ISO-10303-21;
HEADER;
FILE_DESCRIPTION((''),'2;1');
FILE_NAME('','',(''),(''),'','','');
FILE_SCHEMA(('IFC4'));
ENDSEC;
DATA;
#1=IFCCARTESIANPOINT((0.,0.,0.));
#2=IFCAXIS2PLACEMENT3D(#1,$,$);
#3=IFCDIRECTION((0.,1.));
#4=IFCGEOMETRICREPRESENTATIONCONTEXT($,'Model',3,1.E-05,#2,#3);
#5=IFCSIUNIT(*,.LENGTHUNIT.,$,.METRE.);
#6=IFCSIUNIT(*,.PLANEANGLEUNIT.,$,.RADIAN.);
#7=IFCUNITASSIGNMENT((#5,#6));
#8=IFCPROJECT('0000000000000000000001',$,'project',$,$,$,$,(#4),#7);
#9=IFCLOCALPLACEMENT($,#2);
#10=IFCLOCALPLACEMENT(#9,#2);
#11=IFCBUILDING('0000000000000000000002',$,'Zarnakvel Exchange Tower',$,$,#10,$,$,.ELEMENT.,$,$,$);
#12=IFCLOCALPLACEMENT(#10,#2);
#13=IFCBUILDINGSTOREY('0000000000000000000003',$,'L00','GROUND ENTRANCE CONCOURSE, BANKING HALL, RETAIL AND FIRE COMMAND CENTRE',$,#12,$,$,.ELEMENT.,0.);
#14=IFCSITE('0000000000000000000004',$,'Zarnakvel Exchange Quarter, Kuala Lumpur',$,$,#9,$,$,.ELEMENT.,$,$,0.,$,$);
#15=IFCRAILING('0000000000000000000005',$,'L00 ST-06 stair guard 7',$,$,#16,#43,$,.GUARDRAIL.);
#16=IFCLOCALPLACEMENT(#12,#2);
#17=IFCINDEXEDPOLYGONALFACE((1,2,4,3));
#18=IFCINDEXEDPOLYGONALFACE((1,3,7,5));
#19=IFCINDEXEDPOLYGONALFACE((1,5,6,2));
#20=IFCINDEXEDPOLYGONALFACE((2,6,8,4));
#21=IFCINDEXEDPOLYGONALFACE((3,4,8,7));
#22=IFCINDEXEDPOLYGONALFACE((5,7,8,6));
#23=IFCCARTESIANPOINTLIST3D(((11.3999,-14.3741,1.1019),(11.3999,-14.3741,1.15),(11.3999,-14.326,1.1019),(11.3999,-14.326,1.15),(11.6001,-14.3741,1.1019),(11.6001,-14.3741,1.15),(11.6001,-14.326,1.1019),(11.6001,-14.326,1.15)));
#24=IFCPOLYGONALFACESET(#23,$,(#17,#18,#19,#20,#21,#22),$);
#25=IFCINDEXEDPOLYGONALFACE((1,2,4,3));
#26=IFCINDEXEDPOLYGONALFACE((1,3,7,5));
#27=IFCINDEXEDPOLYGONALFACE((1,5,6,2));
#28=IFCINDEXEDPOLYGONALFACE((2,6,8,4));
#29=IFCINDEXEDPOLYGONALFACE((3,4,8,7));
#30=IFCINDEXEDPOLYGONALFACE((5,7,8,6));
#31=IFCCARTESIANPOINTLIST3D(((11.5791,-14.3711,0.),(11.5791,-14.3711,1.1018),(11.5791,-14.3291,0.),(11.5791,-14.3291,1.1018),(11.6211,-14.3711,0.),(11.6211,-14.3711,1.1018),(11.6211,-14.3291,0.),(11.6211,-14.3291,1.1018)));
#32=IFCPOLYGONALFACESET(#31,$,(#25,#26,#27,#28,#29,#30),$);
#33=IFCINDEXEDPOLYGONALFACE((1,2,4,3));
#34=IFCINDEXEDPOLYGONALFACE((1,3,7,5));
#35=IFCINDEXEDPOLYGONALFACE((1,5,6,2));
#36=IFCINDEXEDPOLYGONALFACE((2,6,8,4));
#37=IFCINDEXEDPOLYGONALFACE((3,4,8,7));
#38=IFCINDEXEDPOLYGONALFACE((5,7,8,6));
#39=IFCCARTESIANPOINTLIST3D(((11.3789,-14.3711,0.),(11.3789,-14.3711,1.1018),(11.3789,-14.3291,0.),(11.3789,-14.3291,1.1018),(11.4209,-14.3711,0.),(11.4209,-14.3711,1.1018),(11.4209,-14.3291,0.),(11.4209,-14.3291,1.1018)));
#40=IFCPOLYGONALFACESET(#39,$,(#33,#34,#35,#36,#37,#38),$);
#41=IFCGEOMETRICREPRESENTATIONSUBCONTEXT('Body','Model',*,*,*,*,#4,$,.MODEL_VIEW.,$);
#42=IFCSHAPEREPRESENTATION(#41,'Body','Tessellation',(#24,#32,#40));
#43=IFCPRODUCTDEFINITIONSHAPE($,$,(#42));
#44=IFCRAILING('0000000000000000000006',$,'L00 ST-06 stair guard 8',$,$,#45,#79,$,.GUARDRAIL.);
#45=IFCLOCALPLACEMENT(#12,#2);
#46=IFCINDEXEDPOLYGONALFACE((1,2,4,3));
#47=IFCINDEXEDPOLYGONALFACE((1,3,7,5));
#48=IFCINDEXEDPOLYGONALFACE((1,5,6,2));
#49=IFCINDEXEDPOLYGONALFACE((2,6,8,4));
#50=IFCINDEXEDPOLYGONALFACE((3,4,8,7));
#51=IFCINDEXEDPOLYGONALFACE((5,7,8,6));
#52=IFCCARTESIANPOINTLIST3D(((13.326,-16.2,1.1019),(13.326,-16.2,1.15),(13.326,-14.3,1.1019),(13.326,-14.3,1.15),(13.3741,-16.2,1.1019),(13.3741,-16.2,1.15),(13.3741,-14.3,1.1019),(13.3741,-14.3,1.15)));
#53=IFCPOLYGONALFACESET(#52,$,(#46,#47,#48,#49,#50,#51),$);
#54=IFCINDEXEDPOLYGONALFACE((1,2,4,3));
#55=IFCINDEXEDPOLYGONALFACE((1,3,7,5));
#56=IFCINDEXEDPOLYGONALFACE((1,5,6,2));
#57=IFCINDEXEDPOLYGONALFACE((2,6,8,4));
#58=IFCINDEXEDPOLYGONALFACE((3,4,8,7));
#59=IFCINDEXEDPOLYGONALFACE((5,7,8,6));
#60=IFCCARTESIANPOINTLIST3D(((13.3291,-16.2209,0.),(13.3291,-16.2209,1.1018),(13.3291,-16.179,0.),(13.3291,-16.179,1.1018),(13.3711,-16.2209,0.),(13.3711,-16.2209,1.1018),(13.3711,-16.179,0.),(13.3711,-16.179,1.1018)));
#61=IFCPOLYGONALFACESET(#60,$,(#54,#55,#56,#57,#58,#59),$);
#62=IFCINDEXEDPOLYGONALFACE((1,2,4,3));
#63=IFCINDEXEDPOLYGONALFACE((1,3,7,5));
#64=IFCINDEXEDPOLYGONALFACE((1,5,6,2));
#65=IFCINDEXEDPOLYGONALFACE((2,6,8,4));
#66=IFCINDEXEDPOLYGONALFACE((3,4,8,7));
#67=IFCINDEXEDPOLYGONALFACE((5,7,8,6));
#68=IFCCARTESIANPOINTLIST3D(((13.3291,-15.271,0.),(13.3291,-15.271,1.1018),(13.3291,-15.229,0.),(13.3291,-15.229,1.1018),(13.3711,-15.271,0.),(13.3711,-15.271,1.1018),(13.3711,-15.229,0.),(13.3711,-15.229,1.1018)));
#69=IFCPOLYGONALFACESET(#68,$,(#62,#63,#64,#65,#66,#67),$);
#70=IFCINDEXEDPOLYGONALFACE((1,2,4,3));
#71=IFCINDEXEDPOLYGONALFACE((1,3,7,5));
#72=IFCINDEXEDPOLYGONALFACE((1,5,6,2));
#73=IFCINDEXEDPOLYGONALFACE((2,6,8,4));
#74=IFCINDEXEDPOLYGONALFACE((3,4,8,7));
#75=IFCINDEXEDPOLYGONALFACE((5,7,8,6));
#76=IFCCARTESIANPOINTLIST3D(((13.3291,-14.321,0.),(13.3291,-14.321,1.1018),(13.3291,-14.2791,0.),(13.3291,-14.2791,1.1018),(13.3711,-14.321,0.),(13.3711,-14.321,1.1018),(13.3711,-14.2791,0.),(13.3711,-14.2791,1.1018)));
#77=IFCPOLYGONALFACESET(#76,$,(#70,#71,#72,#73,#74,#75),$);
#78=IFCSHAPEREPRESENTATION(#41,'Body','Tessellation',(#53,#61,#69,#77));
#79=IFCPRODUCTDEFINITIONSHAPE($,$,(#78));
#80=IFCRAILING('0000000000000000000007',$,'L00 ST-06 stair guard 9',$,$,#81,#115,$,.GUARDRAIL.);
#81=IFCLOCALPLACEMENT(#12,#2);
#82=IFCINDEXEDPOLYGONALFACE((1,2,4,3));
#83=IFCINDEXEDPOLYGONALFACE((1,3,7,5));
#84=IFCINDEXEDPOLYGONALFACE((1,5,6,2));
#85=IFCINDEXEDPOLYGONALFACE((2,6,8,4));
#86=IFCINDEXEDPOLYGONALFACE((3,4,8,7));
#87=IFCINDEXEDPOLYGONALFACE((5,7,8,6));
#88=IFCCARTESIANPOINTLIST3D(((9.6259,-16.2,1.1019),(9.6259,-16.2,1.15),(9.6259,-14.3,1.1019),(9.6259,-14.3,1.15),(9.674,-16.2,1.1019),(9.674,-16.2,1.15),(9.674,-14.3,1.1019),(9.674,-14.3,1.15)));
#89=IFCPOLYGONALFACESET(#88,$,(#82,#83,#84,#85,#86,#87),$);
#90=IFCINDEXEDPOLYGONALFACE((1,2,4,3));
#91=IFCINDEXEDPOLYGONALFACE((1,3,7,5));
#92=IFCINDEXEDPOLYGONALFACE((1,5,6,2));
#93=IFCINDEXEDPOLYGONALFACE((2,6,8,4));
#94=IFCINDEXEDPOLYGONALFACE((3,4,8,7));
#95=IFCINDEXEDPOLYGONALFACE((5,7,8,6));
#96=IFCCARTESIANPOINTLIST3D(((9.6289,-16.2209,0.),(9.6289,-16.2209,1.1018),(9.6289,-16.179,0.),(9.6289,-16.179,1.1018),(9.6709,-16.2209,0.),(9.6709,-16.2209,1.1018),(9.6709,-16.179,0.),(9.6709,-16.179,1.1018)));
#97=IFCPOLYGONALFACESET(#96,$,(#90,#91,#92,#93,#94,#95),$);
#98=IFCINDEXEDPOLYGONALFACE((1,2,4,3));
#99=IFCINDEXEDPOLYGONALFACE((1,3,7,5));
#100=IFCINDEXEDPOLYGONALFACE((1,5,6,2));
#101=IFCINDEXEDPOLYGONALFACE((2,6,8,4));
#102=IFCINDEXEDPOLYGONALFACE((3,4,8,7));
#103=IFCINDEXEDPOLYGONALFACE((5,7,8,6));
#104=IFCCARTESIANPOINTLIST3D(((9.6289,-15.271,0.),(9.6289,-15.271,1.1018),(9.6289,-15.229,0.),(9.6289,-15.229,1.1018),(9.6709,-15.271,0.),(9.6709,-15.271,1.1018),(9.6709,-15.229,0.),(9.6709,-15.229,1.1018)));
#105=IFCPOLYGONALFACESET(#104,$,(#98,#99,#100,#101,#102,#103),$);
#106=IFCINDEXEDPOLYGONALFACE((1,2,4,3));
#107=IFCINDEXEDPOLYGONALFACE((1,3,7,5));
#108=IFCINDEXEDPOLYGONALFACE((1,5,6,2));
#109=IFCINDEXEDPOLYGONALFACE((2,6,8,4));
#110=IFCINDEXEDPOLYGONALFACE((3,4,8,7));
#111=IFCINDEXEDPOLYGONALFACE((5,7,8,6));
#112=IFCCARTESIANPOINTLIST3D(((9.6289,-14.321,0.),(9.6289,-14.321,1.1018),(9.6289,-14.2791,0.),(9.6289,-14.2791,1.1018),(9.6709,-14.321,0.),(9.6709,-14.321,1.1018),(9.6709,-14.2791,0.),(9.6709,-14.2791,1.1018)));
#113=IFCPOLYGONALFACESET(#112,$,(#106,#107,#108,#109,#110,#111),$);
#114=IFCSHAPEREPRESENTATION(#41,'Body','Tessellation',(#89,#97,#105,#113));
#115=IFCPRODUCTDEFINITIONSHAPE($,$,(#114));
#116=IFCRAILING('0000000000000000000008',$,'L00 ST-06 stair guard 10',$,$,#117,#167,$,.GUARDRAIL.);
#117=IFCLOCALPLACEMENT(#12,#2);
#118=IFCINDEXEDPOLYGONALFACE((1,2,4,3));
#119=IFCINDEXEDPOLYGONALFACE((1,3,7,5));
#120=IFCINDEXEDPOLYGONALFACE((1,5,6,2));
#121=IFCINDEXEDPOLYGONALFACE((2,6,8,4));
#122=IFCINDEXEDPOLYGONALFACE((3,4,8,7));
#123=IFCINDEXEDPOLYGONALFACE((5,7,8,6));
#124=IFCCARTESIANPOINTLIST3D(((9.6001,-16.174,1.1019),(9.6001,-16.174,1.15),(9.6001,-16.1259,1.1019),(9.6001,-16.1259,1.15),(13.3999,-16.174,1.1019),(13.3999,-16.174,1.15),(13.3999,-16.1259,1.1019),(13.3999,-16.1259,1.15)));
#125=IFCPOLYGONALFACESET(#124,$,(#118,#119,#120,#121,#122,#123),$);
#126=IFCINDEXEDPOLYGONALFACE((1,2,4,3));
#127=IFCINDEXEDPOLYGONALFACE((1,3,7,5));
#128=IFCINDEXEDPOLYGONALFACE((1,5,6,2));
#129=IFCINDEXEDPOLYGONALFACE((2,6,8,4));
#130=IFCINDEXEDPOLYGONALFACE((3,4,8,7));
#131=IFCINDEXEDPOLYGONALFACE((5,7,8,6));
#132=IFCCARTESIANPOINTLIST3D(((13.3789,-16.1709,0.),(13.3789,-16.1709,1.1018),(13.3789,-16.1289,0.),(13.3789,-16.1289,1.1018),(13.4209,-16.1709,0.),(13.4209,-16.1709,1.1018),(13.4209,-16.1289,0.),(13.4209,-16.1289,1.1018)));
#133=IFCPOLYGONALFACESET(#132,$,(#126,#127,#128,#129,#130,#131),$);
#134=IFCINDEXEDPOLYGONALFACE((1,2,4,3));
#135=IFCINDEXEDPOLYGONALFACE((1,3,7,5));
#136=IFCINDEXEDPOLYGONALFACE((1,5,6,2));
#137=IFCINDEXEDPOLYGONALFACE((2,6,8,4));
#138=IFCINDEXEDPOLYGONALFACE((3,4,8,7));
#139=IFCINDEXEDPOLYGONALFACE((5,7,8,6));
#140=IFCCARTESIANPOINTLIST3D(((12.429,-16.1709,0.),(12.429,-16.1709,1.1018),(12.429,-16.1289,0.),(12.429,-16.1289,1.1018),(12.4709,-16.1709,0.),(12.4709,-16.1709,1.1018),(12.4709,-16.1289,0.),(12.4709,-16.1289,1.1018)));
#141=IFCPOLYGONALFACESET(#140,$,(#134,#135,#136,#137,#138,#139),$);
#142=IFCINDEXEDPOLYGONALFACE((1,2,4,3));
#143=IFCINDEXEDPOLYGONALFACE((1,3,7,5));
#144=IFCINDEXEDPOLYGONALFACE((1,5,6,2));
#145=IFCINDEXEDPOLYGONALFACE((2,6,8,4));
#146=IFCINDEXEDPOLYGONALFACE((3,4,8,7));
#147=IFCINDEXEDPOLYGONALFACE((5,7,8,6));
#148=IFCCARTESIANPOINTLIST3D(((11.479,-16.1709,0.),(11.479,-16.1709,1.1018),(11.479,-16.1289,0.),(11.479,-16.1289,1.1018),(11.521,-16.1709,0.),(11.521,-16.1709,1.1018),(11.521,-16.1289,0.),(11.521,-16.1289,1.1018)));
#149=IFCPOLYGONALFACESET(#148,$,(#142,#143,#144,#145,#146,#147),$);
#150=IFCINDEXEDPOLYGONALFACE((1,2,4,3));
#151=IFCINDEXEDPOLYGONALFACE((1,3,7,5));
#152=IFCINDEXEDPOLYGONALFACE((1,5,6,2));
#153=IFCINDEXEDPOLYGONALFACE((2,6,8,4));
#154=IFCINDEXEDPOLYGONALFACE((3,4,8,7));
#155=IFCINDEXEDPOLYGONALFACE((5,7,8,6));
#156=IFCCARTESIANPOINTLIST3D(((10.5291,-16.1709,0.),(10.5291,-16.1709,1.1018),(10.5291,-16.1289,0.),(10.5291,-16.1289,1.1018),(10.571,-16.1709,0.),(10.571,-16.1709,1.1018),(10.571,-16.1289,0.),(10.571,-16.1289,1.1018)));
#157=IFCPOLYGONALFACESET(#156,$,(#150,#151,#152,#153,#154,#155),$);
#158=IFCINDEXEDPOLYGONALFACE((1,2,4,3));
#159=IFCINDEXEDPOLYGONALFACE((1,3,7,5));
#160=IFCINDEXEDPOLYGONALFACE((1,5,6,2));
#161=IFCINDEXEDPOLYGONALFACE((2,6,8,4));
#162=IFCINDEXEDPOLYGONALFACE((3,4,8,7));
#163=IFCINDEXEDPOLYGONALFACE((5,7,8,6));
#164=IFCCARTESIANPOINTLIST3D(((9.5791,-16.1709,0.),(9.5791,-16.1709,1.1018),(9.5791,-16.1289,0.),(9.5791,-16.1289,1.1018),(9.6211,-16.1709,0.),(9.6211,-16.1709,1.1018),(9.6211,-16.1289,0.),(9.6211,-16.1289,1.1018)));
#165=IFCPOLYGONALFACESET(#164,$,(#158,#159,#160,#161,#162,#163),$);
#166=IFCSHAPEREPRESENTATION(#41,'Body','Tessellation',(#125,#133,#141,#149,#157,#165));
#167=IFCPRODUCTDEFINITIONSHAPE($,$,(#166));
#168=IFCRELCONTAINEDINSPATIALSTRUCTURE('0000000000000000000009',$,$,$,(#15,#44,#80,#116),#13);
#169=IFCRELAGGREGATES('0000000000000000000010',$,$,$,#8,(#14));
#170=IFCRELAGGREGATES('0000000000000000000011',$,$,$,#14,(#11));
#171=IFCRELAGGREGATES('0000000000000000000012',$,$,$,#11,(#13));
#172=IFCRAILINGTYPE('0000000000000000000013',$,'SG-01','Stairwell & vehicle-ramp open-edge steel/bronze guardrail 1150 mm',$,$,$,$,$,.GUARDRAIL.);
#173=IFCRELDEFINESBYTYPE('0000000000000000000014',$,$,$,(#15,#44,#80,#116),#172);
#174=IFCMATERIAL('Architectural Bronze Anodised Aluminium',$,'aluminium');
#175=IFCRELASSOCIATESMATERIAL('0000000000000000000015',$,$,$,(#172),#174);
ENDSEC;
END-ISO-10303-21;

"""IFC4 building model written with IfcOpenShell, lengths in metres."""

from ifc_helpers import new_model, si_unit, direction, frame, origin, origin_2d, place, context, subcontext, project, spatial, rectangle, extrude, material, type_object, element, save


model = new_model("IFC4")

# Units and contexts
model_context = context("Model", 3, precision=1e-05, world=origin(), true_north=direction((0.0, 1.0)))
body_context = subcontext(model_context, "Body", "Model", "MODEL_VIEW")
ifc_project = project(units=[si_unit("LENGTHUNIT", "METRE"), si_unit("PLANEANGLEUNIT", "RADIAN")], contexts=[model_context])

# Site, building, storey
site_placement = place(None, origin())
site = spatial("IfcSite", under=ifc_project, at=site_placement, Name="Zarnakvel Exchange Quarter, Kuala Lumpur", CompositionType="ELEMENT", RefElevation=0.0)
building_placement = place(site_placement, origin())
building = spatial("IfcBuilding", under=site, at=building_placement, Name="Zarnakvel Exchange Tower", CompositionType="ELEMENT")
storey_placement = place(building_placement, origin())
storey = spatial("IfcBuildingStorey", under=building, at=storey_placement, Name="L00", Description="GROUND ENTRANCE CONCOURSE, BANKING HALL, RETAIL AND FIRE COMMAND CENTRE", CompositionType="ELEMENT", Elevation=0.0)

# Shared definitions
ifc_material_1 = material(Name="Architectural Bronze Anodised Aluminium", Category="aluminium")

# Railings
railing_type_1 = type_object("IfcRailingType", Name="SG-01", Description="Stairwell & vehicle-ramp open-edge steel/bronze guardrail 1150 mm", PredefinedType="GUARDRAIL", material=ifc_material_1)
railing_1_placement = place(storey_placement, frame((11.6001, -14.3501, 0.0)))
element("IfcRailing", 1, at=railing_1_placement, inside=storey, type_object=railing_type_1, Name="L00 ST-06 stair guard 7", PredefinedType="GUARDRAIL", context=body_context, shape_type="SweptSolid", body=[
    extrude(rectangle(XDim=0.0481, YDim=0.0481, at=origin_2d()), frame((0.0, 0.0, 1.126), z_axis=(-1.0, 0.0, 0.0), x_axis=(0.0, -1.0, 0.0)), (0.0, 0.0, 1.0), 0.2002),
    extrude(rectangle(XDim=0.042, YDim=0.042, at=origin_2d()), origin(), (0.0, 0.0, 1.0), 1.1018),
    extrude(rectangle(XDim=0.042, YDim=0.042, at=origin_2d()), frame((-0.2002, 0.0, 0.0)), (0.0, 0.0, 1.0), 1.1018),
])
for number, where, name in (
    (2, (13.3501, -16.2, 0.0), "L00 ST-06 stair guard 8"),
    (3, (9.6499, -16.2, 0.0), "L00 ST-06 stair guard 9"),
):
    element("IfcRailing", number, at=place(storey_placement, frame(where)), inside=storey, type_object=railing_type_1, Name=name, PredefinedType="GUARDRAIL", context=body_context, shape_type="SweptSolid", body=[
        extrude(rectangle(XDim=0.0481, YDim=0.0481, at=origin_2d()), frame((0.0, 0.0, 1.126), z_axis=(0.0, 1.0, 0.0), x_axis=(-1.0, 0.0, 0.0)), (0.0, 0.0, 1.0), 1.8999),
        extrude(rectangle(XDim=0.042, YDim=0.042, at=origin_2d()), origin(), (0.0, 0.0, 1.0), 1.1018),
        extrude(rectangle(XDim=0.042, YDim=0.042, at=origin_2d()), frame((0.0, 0.95, 0.0)), (0.0, 0.0, 1.0), 1.1018),
        extrude(rectangle(XDim=0.042, YDim=0.042, at=origin_2d()), frame((0.0, 1.8999, 0.0)), (0.0, 0.0, 1.0), 1.1018),
    ])
railing_2_placement = place(storey_placement, frame((13.3999, -16.1499, 0.0)))
element("IfcRailing", 4, at=railing_2_placement, inside=storey, type_object=railing_type_1, Name="L00 ST-06 stair guard 10", PredefinedType="GUARDRAIL", context=body_context, shape_type="SweptSolid", body=[
    extrude(rectangle(XDim=0.0481, YDim=0.0481, at=origin_2d()), frame((0.0, 0.0, 1.126), z_axis=(-1.0, 0.0, 0.0), x_axis=(0.0, -1.0, 0.0)), (0.0, 0.0, 1.0), 3.7998),
    extrude(rectangle(XDim=0.042, YDim=0.042, at=origin_2d()), origin(), (0.0, 0.0, 1.0), 1.1018),
    extrude(rectangle(XDim=0.042, YDim=0.042, at=origin_2d()), frame((-0.95, 0.0, 0.0)), (0.0, 0.0, 1.0), 1.1018),
    extrude(rectangle(XDim=0.042, YDim=0.042, at=origin_2d()), frame((-1.8999, 0.0, 0.0)), (0.0, 0.0, 1.0), 1.1018),
    extrude(rectangle(XDim=0.042, YDim=0.042, at=origin_2d()), frame((-2.8499, 0.0, 0.0)), (0.0, 0.0, 1.0), 1.1018),
    extrude(rectangle(XDim=0.042, YDim=0.042, at=origin_2d()), frame((-3.7998, 0.0, 0.0)), (0.0, 0.0, 1.0), 1.1018),
])

save(model, "model.ifc")
